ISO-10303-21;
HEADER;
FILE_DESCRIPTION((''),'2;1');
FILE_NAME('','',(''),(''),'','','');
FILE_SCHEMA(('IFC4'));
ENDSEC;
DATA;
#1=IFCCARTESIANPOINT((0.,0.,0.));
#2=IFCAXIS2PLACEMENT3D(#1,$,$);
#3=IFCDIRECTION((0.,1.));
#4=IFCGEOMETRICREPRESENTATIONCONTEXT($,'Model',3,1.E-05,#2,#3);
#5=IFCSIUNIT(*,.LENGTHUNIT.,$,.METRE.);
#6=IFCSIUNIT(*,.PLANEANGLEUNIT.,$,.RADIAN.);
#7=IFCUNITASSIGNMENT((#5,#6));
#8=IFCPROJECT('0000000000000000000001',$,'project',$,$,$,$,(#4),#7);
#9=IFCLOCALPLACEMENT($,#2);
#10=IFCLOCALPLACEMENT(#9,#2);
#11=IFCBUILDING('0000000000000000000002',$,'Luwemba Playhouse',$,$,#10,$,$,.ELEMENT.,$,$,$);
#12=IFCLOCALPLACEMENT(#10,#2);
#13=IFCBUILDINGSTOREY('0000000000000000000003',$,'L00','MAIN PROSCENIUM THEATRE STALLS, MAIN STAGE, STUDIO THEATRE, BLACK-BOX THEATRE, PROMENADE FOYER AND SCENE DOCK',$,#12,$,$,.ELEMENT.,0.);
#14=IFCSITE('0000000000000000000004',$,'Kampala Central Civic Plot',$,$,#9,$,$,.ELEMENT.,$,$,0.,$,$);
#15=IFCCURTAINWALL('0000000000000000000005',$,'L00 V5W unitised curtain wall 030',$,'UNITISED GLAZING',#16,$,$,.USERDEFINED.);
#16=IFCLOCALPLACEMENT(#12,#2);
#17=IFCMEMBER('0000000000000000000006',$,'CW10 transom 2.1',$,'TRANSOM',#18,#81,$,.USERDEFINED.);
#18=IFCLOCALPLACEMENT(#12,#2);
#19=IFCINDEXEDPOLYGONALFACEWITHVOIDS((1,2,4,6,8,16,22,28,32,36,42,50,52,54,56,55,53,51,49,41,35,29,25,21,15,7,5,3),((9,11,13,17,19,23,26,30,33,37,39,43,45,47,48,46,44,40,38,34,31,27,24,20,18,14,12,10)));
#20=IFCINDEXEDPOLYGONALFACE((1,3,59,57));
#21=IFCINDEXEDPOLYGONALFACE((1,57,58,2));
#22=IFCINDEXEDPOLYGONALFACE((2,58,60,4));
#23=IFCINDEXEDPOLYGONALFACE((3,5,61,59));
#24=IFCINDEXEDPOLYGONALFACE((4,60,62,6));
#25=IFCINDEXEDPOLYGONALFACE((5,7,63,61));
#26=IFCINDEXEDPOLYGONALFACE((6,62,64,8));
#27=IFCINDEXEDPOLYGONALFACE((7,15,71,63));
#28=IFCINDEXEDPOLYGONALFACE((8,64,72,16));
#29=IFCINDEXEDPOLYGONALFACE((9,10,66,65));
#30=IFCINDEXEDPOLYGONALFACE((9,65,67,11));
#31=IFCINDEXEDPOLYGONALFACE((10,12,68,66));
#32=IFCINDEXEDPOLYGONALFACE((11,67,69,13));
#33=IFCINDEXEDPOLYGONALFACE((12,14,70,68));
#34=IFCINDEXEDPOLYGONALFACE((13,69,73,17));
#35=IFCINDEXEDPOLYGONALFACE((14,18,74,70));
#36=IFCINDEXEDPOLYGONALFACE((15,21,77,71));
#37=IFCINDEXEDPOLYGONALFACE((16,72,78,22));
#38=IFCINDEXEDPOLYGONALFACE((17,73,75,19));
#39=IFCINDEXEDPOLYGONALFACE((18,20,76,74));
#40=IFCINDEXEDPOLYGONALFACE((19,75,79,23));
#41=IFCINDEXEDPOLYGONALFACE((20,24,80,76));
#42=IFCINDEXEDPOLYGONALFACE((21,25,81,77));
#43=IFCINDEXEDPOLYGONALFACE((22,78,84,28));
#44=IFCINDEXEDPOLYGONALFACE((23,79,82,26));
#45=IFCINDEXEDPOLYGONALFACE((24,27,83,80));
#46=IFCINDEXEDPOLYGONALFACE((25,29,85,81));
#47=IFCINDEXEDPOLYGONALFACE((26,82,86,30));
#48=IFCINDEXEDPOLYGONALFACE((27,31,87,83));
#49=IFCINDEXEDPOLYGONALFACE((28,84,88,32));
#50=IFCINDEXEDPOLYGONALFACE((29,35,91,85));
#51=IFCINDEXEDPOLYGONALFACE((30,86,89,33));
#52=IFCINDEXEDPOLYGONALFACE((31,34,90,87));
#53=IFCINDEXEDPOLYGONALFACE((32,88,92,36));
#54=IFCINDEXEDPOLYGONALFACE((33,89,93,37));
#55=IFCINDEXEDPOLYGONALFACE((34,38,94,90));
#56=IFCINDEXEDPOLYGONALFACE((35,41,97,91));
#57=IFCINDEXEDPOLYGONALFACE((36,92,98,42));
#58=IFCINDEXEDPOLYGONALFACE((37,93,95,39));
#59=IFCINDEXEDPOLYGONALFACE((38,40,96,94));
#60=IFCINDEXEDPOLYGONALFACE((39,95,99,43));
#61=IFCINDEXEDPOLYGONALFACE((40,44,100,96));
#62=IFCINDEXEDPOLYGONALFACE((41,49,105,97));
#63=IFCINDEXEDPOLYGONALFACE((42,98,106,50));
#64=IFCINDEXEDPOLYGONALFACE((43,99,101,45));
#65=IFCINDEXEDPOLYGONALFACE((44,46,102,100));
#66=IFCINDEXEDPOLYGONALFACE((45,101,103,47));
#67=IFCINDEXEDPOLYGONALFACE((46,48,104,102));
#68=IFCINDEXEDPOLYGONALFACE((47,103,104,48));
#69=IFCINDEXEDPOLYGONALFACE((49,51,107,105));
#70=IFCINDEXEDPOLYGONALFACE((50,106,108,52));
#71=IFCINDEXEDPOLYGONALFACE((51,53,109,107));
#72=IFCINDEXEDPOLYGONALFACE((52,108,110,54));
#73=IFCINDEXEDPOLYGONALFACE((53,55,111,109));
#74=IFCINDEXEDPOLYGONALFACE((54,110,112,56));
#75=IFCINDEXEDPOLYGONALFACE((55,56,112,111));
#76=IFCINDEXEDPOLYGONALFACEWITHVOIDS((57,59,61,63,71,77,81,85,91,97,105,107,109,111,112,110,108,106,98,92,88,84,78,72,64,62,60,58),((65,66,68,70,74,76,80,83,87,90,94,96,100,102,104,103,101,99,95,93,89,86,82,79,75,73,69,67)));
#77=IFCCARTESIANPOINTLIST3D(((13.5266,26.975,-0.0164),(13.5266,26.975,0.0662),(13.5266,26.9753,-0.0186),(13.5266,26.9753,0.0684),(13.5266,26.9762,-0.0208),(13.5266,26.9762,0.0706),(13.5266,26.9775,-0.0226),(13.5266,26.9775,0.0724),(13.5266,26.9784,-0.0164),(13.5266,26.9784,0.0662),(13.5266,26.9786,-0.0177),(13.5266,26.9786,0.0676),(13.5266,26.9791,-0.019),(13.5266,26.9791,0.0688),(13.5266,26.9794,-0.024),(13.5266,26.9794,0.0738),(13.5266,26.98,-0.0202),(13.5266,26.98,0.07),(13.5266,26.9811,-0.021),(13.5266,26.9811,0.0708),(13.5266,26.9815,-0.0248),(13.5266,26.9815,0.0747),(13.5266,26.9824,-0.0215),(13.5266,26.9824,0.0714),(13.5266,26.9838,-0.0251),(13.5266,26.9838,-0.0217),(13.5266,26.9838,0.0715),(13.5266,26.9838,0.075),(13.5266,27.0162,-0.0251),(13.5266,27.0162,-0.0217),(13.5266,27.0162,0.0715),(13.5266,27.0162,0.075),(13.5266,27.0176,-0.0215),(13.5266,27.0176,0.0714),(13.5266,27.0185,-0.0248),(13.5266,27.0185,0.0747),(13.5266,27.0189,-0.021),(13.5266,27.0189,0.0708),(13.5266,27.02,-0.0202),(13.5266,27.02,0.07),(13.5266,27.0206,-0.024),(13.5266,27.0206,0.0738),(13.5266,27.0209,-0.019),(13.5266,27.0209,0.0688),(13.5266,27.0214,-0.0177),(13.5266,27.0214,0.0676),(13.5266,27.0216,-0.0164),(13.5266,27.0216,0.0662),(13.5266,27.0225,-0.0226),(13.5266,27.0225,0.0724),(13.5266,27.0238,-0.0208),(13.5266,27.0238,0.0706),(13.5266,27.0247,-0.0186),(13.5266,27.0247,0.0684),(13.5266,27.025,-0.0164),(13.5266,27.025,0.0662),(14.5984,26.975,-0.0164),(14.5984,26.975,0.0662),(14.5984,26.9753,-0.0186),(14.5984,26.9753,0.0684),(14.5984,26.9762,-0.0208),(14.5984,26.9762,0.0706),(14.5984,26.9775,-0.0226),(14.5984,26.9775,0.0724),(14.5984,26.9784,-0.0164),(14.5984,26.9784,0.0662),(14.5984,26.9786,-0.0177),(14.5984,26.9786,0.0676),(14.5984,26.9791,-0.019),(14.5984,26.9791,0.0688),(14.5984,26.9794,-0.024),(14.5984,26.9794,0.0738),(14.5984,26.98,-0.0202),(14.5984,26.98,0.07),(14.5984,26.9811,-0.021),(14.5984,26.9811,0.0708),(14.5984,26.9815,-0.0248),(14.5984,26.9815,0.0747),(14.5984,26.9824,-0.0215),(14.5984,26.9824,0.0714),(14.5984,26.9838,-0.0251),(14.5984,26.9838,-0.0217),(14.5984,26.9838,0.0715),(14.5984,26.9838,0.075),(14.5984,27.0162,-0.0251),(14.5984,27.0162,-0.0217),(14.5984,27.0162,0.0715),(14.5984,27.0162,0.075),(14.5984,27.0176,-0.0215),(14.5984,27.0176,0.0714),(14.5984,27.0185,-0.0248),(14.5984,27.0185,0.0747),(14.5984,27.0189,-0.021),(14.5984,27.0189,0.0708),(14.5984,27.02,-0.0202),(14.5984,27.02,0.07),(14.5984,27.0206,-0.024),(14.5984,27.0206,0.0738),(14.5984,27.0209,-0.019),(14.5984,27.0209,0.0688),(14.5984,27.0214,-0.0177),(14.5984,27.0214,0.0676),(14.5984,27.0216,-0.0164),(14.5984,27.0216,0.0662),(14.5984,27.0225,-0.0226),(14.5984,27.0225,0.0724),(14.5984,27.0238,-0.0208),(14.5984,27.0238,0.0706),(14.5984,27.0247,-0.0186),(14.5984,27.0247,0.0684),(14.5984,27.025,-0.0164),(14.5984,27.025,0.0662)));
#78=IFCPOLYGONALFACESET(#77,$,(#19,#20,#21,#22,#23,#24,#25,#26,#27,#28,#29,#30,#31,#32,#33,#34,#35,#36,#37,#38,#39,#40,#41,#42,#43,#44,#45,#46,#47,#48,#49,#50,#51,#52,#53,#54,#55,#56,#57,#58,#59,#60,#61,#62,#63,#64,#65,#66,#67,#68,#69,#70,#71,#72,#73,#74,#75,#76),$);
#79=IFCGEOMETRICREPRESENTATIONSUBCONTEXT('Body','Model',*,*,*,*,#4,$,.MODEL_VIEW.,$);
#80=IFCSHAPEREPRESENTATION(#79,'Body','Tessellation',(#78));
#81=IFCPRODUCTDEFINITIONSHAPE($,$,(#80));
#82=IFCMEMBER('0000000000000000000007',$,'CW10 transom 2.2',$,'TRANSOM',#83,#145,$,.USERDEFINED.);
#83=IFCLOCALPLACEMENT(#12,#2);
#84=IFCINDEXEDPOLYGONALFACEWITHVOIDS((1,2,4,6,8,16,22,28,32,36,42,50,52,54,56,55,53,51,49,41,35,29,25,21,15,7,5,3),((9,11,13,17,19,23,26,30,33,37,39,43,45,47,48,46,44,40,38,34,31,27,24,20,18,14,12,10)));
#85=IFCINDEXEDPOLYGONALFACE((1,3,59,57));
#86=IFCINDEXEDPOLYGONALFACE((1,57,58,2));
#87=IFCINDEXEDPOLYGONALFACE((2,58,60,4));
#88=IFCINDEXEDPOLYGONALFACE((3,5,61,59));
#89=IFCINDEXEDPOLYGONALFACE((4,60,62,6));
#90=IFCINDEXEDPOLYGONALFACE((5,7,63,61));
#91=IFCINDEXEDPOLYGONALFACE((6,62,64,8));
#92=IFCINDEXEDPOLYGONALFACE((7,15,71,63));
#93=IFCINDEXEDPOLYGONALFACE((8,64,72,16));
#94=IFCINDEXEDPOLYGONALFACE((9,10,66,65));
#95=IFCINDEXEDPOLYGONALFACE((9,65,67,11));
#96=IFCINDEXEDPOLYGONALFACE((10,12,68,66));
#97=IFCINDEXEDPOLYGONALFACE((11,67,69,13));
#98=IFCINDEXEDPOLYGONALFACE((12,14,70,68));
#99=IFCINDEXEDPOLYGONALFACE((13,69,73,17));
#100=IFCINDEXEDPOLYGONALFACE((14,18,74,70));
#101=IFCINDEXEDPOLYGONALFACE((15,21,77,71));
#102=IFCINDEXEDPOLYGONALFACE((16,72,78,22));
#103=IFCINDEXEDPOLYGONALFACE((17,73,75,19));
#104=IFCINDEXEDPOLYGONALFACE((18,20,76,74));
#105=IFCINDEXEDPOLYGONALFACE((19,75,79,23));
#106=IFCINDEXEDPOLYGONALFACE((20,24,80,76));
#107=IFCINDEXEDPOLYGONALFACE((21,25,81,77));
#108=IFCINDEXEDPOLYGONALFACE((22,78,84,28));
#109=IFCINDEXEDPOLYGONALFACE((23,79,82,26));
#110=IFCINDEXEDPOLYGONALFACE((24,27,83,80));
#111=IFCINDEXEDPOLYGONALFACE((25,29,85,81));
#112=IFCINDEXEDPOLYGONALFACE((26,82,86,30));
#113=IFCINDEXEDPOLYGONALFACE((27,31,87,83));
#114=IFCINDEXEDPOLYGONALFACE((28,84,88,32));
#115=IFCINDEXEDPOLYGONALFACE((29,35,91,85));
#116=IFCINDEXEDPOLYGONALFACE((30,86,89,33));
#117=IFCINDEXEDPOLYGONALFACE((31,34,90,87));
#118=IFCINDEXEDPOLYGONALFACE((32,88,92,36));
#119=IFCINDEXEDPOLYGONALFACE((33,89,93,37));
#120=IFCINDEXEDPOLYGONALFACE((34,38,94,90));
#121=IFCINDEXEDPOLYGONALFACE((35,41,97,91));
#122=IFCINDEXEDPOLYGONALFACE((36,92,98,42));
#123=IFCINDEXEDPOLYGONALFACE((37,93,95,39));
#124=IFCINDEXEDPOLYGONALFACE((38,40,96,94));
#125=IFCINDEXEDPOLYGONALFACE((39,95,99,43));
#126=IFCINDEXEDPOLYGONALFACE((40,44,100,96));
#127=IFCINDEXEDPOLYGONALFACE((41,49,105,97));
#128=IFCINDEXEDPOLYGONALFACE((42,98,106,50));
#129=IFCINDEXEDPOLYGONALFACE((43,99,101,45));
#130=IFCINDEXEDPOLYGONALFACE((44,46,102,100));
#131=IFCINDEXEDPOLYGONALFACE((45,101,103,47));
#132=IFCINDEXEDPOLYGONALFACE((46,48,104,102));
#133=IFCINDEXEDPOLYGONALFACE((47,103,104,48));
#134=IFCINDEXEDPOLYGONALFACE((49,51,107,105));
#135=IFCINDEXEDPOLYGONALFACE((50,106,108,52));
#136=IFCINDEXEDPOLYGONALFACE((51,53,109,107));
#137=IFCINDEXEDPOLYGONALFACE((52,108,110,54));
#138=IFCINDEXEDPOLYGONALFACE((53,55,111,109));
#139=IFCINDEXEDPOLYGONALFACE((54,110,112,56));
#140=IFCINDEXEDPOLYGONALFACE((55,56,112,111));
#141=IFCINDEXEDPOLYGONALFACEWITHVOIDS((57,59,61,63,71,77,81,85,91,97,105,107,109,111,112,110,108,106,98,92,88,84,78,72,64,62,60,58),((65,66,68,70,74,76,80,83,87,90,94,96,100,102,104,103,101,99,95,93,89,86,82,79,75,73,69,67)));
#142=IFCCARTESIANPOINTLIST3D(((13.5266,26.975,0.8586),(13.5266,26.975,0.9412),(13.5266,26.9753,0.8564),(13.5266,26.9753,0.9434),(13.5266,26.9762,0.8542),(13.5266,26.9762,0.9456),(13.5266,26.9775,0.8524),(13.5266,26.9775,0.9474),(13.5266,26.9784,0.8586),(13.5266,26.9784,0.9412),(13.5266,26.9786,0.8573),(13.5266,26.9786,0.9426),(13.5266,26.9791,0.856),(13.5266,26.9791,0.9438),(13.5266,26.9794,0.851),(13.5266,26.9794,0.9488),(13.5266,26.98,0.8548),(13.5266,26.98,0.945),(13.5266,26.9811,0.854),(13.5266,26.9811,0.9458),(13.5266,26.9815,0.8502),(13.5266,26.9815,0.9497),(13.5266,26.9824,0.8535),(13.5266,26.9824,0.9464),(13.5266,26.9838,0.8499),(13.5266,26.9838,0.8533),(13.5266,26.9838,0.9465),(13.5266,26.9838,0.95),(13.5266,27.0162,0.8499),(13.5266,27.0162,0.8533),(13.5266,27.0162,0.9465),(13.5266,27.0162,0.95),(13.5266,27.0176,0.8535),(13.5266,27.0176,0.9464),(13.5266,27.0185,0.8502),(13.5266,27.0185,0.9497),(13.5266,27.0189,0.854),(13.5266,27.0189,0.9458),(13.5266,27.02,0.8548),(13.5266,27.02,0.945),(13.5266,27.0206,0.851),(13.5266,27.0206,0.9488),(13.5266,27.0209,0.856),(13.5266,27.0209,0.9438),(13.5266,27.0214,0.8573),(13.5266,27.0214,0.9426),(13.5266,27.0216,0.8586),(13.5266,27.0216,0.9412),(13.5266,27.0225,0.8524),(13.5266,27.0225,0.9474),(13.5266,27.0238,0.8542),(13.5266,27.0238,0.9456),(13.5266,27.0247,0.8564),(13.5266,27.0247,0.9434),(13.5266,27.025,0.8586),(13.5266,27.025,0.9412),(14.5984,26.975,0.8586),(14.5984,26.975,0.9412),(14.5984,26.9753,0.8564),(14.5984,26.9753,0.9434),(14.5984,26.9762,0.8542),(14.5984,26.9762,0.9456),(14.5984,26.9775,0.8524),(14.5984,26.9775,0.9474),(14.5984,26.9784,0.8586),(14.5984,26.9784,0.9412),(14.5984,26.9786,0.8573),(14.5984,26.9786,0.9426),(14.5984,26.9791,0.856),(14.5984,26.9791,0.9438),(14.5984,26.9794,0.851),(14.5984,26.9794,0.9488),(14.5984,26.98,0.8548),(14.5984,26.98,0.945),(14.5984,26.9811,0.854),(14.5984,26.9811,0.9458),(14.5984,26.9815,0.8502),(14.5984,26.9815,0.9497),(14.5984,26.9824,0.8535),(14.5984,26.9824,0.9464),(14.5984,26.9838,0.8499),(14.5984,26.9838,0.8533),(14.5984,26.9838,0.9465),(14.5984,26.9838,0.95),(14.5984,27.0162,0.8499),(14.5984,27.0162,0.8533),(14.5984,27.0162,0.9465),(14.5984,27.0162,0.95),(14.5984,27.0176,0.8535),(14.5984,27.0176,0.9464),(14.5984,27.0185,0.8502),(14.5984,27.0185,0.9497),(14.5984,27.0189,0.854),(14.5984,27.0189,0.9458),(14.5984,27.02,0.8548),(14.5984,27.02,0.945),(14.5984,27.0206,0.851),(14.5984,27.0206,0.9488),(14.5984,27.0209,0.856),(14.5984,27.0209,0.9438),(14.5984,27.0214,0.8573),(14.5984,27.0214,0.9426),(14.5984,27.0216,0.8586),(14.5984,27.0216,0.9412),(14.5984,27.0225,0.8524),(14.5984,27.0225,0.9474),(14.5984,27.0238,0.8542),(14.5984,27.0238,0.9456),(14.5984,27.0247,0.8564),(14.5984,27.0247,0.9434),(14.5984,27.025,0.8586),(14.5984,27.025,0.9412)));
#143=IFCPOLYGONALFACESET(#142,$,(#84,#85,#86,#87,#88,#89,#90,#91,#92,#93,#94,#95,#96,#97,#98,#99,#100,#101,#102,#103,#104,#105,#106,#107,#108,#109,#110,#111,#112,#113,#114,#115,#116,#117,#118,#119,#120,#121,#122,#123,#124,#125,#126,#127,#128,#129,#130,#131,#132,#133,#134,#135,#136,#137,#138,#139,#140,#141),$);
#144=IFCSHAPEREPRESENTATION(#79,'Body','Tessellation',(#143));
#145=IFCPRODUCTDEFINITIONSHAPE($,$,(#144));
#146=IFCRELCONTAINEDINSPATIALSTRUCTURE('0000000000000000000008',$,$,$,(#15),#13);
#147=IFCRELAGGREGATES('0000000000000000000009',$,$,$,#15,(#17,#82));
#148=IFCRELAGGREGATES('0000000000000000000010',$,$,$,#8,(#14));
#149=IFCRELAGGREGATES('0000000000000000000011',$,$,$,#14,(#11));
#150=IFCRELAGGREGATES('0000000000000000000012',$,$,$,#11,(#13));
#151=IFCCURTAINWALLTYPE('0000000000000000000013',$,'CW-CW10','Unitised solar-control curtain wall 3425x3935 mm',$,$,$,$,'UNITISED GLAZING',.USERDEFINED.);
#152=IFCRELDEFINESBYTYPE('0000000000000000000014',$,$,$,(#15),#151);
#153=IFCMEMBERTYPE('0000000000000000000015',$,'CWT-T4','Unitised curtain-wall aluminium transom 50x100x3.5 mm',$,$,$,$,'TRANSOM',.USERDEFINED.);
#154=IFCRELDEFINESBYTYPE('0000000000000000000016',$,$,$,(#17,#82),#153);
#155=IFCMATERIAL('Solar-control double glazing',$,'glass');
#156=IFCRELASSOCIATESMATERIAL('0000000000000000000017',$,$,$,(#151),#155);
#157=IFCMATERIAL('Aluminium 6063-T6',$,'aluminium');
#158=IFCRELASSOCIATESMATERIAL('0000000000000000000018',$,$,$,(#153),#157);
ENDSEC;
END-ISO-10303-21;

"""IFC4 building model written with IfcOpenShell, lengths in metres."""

from ifc_helpers import new_model, si_unit, direction, frame, origin, origin_2d, place, context, subcontext, project, spatial, hollow_rectangle, extrude, material, material_profile, profile_set, type_object, element, aggregate, save


model = new_model("IFC4")

# Units and contexts
model_context = context("Model", 3, precision=1e-05, world=origin(), true_north=direction((0.0, 1.0)))
body_context = subcontext(model_context, "Body", "Model", "MODEL_VIEW")
ifc_project = project(units=[si_unit("LENGTHUNIT", "METRE"), si_unit("PLANEANGLEUNIT", "RADIAN")], contexts=[model_context])

# Site, building, storey
site_placement = place(None, origin())
site = spatial("IfcSite", under=ifc_project, at=site_placement, Name="Kampala Central Civic Plot", CompositionType="ELEMENT", RefElevation=0.0)
building_placement = place(site_placement, origin())
building = spatial("IfcBuilding", under=site, at=building_placement, Name="Luwemba Playhouse", CompositionType="ELEMENT")
storey_placement = place(building_placement, origin())
storey = spatial("IfcBuildingStorey", under=building, at=storey_placement, Name="L00", Description="MAIN PROSCENIUM THEATRE STALLS, MAIN STAGE, STUDIO THEATRE, BLACK-BOX THEATRE, PROMENADE FOYER AND SCENE DOCK", CompositionType="ELEMENT", Elevation=0.0)

# Shared definitions
ifc_material_1 = material(Name="Solar-control double glazing", Category="glass")
ifc_material_2 = material(Name="Aluminium 6063-T6", Category="aluminium")

# Curtain wall, members
curtain_wall_type_1 = type_object("IfcCurtainWallType", Name="CW-CW10", Description="Unitised solar-control curtain wall 3425x3935 mm", ElementType="UNITISED GLAZING", PredefinedType="USERDEFINED", material=ifc_material_1)
curtain_wall_1_placement = place(storey_placement, origin())
curtain_wall_1 = element("IfcCurtainWall", 1, at=curtain_wall_1_placement, inside=storey, type_object=curtain_wall_type_1, Name="L00 V5W unitised curtain wall 030", ObjectType="UNITISED GLAZING", PredefinedType="USERDEFINED")
ifc_material_profile_1 = material_profile(ifc_material_2, hollow_rectangle(XDim=0.05, YDim=0.1001, WallThickness=0.0034, InnerFilletRadius=0.0054, OuterFilletRadius=0.0088, at=origin_2d()))
ifc_profile_set_1 = profile_set([ifc_material_profile_1], Name="Aluminium 6063-T6")
member_type_1 = type_object("IfcMemberType", Name="CWT-T4", Description="Unitised curtain-wall aluminium transom 50x100x3.5 mm", ElementType="TRANSOM", PredefinedType="USERDEFINED", material=ifc_profile_set_1)
member_1_placement = place(storey_placement, frame((13.5266, 27.0, 0.0249), z_axis=(1.0, 0.0, 0.0), x_axis=(0.0, 1.0, 0.0)))
member_1 = element("IfcMember", 2, at=member_1_placement, type_object=member_type_1, Name="CW10 transom 2.1", ObjectType="TRANSOM", PredefinedType="USERDEFINED", context=body_context, shape_type="SweptSolid", body=[
    extrude(hollow_rectangle(XDim=0.05, YDim=0.1001, WallThickness=0.0034, InnerFilletRadius=0.0054, OuterFilletRadius=0.0088, at=origin_2d()), origin(), (0.0, 0.0, 1.0), 1.0718),
])
member_2_placement = place(storey_placement, frame((13.5266, 27.0, 0.8999), z_axis=(1.0, 0.0, 0.0), x_axis=(0.0, 1.0, 0.0)))
member_2 = element("IfcMember", 3, at=member_2_placement, type_object=member_type_1, Name="CW10 transom 2.2", ObjectType="TRANSOM", PredefinedType="USERDEFINED", context=body_context, shape_type="SweptSolid", body=[
    extrude(hollow_rectangle(XDim=0.05, YDim=0.1001, WallThickness=0.0034, InnerFilletRadius=0.0054, OuterFilletRadius=0.0088, at=origin_2d()), origin(), (0.0, 0.0, 1.0), 1.0718),
])

aggregate(curtain_wall_1, [member_1, member_2])

save(model, "model.ifc")
